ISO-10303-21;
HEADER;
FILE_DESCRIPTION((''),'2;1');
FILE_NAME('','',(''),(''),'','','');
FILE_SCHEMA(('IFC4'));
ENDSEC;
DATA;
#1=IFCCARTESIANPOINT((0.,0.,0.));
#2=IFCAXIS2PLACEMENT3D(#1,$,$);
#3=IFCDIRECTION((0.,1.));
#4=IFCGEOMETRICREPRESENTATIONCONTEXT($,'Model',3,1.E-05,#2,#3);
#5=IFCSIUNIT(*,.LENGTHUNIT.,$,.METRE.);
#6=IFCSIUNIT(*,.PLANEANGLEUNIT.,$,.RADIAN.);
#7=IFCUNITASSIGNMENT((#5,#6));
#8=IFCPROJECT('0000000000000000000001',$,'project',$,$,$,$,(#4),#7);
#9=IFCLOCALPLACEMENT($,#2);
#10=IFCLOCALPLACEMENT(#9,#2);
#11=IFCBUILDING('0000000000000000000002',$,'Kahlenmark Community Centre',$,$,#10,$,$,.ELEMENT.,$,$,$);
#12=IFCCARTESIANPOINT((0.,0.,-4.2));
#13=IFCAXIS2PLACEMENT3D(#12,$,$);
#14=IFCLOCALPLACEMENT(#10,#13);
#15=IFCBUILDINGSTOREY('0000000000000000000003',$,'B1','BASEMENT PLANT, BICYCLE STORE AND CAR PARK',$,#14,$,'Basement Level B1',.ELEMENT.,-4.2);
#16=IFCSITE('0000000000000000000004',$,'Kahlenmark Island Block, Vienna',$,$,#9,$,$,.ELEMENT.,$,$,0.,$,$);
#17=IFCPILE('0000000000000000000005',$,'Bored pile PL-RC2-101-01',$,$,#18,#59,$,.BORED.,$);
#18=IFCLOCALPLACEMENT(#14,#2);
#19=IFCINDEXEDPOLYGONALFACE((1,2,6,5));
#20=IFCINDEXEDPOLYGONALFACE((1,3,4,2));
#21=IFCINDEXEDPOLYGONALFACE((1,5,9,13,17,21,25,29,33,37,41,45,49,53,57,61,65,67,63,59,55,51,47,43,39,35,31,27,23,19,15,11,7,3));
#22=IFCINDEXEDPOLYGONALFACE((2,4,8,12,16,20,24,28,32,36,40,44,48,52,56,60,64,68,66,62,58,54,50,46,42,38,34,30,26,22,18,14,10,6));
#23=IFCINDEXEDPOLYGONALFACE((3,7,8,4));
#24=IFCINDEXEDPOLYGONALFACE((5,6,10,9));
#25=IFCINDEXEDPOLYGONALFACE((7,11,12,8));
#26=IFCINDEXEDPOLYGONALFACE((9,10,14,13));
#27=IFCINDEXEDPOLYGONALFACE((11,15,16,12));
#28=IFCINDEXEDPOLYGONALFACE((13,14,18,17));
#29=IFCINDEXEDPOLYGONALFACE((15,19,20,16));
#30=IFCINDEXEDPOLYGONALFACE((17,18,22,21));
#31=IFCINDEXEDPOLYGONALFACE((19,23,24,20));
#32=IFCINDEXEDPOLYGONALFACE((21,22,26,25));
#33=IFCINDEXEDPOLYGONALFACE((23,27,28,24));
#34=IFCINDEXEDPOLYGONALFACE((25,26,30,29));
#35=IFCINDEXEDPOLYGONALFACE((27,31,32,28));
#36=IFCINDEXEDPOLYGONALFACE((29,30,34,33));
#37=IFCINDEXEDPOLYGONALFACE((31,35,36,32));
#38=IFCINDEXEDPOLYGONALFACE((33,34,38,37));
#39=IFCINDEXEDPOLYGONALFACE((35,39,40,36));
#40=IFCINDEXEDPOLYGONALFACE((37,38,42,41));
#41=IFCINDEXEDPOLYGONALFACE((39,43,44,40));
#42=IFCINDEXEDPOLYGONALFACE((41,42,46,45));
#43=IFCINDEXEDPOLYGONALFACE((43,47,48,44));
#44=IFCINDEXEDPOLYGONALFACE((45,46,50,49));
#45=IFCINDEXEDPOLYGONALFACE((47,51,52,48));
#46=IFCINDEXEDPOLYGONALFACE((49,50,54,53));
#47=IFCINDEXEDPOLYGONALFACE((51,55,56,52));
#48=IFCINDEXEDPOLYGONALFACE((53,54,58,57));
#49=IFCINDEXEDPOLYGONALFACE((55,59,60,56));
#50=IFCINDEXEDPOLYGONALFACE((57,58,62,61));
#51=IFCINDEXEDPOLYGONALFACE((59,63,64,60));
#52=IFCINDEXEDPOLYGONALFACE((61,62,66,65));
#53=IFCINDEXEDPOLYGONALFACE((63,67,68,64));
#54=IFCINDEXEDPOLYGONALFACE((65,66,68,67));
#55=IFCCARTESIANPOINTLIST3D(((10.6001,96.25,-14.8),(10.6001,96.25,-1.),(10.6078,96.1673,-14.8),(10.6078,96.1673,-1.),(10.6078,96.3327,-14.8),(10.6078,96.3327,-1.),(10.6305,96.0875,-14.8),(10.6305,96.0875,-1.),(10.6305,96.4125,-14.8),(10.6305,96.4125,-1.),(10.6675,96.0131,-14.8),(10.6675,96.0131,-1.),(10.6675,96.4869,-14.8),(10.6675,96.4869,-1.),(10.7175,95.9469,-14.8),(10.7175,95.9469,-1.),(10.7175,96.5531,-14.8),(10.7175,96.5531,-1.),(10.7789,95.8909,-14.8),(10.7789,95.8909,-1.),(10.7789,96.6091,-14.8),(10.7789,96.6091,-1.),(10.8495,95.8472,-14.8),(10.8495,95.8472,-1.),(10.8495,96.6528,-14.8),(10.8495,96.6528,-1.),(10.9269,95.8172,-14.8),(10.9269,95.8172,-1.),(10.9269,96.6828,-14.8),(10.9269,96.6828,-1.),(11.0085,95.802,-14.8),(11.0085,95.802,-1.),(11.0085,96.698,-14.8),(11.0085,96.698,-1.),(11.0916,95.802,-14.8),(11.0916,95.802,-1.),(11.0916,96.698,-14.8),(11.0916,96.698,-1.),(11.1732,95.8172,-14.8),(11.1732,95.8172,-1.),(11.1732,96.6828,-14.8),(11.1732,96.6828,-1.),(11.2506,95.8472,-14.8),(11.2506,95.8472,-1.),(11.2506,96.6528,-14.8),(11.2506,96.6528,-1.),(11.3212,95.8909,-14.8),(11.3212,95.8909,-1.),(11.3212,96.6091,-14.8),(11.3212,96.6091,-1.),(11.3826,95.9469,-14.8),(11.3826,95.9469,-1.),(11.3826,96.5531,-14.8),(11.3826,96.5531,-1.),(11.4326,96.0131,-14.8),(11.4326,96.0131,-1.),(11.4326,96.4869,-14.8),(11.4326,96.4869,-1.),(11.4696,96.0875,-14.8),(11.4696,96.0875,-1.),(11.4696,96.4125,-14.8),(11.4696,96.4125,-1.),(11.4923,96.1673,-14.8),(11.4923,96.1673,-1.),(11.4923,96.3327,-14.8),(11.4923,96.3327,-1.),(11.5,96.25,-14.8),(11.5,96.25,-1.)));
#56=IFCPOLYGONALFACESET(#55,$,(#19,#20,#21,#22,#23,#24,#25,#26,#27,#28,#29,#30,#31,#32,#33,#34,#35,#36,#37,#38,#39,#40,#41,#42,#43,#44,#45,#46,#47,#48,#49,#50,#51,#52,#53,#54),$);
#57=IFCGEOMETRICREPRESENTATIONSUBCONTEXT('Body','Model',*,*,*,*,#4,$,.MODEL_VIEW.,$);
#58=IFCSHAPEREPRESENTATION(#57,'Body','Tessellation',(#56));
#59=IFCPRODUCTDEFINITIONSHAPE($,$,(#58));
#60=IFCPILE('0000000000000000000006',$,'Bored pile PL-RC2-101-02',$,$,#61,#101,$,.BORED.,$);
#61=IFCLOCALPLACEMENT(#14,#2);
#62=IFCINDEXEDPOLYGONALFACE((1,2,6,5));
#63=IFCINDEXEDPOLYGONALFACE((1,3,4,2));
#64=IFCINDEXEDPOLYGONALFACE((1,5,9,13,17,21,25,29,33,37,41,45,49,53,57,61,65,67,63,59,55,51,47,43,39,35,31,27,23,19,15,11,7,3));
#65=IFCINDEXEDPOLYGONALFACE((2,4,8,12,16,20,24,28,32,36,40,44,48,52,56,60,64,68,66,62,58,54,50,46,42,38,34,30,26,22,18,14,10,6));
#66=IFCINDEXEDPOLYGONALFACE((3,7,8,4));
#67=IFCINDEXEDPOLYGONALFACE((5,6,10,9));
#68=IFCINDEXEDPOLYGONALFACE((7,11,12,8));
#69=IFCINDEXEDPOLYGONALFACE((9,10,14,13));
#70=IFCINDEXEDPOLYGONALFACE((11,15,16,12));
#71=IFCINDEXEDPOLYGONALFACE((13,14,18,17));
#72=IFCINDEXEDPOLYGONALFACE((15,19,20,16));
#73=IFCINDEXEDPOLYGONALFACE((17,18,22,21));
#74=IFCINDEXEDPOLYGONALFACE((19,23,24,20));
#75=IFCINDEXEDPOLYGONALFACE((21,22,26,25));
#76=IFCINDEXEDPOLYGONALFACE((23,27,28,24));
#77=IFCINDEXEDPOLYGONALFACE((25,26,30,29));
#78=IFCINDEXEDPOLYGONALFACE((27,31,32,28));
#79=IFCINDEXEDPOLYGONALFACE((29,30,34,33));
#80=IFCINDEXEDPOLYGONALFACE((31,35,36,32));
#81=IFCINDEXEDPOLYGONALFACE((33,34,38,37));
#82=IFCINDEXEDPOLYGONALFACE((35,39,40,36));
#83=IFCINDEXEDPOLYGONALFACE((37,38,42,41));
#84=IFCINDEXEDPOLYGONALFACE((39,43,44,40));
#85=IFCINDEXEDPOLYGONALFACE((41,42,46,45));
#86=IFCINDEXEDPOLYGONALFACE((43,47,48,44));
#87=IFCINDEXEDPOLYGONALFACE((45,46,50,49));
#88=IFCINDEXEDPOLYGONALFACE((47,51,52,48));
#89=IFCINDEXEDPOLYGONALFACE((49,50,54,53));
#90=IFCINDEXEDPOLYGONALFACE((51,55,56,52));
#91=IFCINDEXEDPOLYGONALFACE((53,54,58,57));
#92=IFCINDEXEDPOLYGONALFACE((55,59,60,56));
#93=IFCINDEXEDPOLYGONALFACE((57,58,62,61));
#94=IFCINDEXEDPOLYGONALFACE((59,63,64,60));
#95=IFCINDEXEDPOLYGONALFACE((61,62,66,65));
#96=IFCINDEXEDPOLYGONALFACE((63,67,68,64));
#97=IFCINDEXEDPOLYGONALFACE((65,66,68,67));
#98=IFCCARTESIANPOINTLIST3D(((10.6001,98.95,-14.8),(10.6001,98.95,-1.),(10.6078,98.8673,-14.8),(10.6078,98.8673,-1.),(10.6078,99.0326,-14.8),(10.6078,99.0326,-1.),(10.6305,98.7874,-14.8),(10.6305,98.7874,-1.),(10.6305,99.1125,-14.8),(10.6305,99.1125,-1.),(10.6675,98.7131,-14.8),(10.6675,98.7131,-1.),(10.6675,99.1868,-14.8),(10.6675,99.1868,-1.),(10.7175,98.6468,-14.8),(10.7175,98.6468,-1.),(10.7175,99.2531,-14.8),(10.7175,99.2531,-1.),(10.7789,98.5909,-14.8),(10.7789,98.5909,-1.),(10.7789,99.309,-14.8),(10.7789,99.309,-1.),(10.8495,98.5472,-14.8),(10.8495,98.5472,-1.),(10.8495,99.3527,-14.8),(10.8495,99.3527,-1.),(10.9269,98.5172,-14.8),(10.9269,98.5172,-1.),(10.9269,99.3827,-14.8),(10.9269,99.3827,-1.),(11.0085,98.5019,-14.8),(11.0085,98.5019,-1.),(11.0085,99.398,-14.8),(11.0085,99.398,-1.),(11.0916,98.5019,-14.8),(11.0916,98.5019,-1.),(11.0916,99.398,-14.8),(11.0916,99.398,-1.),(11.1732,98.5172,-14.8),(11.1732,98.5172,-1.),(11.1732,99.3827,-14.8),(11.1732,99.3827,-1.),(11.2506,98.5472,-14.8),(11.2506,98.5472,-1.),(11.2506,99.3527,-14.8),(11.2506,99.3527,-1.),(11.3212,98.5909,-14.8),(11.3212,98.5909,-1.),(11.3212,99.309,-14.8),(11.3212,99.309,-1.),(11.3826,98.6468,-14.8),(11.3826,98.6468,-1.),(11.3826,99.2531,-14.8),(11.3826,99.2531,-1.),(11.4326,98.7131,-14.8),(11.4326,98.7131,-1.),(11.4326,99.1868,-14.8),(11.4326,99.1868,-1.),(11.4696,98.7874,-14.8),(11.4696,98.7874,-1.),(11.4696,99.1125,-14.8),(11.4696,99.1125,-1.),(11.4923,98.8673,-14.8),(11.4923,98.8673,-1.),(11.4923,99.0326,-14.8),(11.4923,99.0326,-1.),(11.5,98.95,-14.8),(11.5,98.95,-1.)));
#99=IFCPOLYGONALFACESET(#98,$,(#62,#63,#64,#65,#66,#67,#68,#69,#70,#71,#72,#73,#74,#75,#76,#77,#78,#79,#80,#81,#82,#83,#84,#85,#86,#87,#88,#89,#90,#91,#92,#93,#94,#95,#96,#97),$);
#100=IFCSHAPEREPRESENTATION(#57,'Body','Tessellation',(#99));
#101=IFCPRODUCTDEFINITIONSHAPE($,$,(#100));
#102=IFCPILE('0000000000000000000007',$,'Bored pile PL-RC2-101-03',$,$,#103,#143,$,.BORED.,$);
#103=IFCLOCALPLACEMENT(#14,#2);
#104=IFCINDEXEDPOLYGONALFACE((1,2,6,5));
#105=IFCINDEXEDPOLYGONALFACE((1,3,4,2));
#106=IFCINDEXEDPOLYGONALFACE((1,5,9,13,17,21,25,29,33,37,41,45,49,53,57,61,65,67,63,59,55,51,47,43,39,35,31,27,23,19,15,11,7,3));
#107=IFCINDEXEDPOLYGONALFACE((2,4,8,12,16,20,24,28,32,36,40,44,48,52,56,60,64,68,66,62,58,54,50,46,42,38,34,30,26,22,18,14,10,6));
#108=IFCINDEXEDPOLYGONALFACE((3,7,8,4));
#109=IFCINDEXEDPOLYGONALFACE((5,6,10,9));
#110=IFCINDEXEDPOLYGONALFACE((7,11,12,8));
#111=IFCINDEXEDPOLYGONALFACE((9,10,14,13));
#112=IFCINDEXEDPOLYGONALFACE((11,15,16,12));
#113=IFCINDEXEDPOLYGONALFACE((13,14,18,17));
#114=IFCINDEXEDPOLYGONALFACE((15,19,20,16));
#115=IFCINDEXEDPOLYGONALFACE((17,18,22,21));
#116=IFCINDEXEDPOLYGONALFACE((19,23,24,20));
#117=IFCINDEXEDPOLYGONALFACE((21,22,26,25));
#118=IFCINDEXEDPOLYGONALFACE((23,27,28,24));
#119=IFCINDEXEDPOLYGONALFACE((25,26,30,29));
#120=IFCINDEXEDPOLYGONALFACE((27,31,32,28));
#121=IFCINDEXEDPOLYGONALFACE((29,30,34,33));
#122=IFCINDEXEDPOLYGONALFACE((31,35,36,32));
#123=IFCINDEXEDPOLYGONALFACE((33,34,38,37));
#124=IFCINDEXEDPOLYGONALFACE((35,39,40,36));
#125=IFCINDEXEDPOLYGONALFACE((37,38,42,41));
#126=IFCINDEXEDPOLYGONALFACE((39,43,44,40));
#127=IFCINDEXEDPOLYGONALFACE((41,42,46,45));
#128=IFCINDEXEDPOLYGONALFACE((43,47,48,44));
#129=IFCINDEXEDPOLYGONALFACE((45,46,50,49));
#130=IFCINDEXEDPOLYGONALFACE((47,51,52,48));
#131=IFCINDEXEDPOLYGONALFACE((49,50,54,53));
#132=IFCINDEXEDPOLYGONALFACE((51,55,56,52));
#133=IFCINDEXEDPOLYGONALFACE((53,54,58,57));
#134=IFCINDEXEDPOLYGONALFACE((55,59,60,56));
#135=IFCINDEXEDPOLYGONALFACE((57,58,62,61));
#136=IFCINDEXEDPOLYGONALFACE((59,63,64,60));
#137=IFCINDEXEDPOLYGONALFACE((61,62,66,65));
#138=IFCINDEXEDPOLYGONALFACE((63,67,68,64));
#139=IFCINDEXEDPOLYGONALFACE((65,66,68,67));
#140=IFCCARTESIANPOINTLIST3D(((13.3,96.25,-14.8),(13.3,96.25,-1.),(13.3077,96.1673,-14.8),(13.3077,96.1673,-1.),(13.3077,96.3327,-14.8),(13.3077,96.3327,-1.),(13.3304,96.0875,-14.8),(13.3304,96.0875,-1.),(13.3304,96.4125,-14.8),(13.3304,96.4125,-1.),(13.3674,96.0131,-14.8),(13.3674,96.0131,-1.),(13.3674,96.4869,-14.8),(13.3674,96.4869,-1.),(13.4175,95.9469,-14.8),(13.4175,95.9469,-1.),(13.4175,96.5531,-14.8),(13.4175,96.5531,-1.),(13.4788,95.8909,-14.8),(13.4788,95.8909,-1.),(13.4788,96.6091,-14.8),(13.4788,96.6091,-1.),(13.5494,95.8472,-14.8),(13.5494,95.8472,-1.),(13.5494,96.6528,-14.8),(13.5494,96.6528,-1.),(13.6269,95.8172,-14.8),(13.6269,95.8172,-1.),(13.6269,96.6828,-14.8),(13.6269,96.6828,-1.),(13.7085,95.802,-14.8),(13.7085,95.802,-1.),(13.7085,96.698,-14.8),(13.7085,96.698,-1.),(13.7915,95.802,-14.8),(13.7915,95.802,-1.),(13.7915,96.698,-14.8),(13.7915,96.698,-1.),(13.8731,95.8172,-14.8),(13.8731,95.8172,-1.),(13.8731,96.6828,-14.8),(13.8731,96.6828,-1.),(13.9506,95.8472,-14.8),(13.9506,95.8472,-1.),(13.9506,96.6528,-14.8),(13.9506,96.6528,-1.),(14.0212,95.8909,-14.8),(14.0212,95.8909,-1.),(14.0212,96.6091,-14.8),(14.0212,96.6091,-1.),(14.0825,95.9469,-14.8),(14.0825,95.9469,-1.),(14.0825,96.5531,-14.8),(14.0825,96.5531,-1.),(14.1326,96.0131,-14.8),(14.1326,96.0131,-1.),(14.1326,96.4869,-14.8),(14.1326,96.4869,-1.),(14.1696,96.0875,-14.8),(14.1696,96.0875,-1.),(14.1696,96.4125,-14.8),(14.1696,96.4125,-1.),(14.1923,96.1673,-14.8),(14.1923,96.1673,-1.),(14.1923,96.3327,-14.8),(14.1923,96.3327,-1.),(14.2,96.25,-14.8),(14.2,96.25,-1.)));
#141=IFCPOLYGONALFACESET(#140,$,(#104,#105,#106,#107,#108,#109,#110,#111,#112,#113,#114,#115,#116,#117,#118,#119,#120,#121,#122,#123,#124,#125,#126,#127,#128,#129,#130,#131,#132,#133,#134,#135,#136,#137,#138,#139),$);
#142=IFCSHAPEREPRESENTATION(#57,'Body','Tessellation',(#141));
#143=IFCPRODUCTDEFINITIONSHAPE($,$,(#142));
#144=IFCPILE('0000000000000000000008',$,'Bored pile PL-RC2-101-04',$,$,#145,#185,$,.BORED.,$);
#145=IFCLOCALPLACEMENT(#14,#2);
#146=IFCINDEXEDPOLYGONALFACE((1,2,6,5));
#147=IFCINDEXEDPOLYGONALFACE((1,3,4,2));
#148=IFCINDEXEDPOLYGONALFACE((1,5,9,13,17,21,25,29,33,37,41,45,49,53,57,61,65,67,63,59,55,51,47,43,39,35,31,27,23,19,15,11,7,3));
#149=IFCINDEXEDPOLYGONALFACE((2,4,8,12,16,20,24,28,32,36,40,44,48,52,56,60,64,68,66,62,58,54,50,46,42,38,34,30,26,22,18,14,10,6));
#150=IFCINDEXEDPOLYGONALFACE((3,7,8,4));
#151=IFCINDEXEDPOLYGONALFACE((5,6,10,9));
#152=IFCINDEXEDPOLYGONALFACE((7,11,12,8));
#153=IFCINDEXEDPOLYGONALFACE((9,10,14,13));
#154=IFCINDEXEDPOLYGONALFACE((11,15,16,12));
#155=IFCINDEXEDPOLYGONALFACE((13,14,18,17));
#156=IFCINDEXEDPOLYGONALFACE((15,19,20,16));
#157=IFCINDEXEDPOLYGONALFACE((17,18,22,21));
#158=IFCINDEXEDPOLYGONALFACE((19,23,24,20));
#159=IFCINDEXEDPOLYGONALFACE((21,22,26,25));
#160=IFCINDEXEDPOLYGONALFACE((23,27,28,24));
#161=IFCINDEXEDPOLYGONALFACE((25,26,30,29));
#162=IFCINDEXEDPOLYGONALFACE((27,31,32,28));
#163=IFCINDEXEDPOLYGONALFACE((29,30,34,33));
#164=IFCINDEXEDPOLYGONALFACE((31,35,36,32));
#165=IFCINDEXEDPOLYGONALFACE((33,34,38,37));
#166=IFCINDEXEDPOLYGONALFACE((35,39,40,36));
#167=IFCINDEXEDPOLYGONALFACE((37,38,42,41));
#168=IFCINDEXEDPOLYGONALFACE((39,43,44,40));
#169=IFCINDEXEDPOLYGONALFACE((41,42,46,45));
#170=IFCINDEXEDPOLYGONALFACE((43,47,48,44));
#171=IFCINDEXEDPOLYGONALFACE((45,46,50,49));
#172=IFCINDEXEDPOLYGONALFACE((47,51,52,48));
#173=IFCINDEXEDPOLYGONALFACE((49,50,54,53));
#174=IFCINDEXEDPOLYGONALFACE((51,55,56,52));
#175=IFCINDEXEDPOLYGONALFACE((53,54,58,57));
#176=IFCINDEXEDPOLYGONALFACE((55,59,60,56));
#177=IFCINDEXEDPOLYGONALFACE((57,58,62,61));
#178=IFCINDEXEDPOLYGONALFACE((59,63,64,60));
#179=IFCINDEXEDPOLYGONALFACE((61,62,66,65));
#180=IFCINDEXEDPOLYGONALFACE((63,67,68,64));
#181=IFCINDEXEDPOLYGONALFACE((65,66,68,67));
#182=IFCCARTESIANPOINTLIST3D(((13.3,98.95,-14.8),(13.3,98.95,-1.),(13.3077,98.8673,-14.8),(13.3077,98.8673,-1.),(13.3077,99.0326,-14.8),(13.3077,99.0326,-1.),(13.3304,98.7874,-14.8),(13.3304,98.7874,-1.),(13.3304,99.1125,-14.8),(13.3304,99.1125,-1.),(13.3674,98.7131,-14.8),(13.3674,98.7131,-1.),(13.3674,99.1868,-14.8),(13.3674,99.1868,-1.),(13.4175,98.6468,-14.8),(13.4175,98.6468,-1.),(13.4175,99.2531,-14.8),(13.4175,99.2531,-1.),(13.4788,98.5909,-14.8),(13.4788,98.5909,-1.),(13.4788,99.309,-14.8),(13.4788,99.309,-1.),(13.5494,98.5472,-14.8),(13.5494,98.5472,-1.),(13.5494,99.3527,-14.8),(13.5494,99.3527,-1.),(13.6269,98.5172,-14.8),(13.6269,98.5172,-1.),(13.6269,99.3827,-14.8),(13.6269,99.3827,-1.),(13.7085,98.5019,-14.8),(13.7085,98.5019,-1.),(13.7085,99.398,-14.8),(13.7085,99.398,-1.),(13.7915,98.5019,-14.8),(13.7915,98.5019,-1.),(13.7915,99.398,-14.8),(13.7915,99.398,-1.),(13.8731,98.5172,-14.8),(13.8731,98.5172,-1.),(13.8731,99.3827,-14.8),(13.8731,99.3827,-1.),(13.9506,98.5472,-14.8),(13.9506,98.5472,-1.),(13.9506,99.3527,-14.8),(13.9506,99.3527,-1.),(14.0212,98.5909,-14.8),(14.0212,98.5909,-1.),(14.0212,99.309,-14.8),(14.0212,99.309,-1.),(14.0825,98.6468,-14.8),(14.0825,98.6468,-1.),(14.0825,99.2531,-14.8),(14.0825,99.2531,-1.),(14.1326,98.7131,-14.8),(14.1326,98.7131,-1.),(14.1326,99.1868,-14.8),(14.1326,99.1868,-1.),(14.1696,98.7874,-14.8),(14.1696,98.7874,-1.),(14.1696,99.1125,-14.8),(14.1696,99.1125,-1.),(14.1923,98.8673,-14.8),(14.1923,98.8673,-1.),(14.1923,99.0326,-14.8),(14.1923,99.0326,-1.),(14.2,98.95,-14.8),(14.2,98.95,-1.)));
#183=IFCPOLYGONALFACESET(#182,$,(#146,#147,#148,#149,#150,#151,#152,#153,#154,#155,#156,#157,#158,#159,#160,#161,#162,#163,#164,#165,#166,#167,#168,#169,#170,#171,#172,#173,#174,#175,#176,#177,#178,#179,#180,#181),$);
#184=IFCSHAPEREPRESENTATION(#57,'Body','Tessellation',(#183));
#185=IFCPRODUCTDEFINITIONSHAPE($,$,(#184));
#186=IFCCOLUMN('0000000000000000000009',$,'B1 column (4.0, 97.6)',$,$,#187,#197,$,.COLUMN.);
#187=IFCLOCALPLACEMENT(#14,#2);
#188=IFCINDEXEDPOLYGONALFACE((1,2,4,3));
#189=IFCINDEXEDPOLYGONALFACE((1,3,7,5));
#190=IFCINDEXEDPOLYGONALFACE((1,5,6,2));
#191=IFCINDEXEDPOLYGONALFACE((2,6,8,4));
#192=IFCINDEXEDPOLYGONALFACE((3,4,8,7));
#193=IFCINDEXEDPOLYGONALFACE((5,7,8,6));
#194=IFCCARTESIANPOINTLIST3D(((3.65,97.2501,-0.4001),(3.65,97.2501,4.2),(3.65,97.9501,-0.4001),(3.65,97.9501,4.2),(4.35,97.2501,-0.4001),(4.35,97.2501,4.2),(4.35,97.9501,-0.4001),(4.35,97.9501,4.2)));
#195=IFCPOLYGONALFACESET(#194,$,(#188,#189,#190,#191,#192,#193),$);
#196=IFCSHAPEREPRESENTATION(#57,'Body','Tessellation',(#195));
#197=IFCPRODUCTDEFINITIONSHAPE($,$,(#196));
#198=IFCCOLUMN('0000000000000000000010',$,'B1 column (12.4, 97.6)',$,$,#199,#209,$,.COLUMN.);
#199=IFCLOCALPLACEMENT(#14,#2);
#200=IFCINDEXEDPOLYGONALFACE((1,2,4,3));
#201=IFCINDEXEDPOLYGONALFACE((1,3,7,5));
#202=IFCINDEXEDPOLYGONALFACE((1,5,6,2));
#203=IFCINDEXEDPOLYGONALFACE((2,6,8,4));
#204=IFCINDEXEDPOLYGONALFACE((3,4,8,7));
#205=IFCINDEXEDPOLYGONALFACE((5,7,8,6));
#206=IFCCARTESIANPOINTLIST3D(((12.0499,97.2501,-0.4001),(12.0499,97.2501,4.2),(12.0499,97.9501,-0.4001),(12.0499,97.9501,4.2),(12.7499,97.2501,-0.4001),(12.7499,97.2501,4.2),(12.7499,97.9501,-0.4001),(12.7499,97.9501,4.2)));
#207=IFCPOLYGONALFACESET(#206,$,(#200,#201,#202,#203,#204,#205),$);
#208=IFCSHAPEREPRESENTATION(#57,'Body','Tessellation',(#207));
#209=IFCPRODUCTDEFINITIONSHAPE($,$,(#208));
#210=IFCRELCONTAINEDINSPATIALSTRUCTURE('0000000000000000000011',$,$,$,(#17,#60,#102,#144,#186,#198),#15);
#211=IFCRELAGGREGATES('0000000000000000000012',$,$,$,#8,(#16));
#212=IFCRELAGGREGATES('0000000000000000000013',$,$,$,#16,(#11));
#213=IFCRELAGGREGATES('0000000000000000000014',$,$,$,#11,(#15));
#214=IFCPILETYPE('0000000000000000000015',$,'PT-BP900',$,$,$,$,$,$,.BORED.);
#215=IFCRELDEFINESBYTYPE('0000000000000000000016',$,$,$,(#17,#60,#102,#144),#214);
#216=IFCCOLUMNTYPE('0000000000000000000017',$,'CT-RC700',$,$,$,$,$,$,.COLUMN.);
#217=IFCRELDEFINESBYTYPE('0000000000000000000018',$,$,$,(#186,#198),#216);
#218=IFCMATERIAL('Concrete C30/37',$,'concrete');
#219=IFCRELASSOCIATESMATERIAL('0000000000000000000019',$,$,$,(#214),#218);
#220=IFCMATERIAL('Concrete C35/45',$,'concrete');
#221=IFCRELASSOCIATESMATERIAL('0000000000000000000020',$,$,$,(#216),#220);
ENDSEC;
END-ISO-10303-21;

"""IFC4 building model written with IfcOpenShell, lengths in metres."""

from ifc_helpers import new_model, si_unit, direction, frame, origin, origin_2d, place, context, subcontext, project, spatial, rectangle, circle, extrude, material, material_profile, profile_set, type_object, element, save


model = new_model("IFC4")

# Units and contexts
model_context = context("Model", 3, precision=1e-05, world=origin(), true_north=direction((0.0, 1.0)))
body_context = subcontext(model_context, "Body", "Model", "MODEL_VIEW")
ifc_project = project(units=[si_unit("LENGTHUNIT", "METRE"), si_unit("PLANEANGLEUNIT", "RADIAN")], contexts=[model_context])

# Site, building, storey
site_placement = place(None, origin())
site = spatial("IfcSite", under=ifc_project, at=site_placement, Name="Kahlenmark Island Block, Vienna", CompositionType="ELEMENT", RefElevation=0.0)
building_placement = place(site_placement, origin())
building = spatial("IfcBuilding", under=site, at=building_placement, Name="Kahlenmark Community Centre", CompositionType="ELEMENT")
storey_placement = place(building_placement, frame((0.0, 0.0, -4.2)))
storey = spatial("IfcBuildingStorey", under=building, at=storey_placement, Name="B1", Description="BASEMENT PLANT, BICYCLE STORE AND CAR PARK", LongName="Basement Level B1", CompositionType="ELEMENT", Elevation=-4.2)

# Shared definitions
ifc_material_1 = material(Name="Concrete C30/37", Category="concrete")

# Piles
ifc_material_profile_1 = material_profile(ifc_material_1, circle(Radius=0.45, at=origin_2d()), Name="BORED PILE 900")
ifc_profile_set_1 = profile_set([ifc_material_profile_1], Name="Concrete C30/37")
pile_type_1 = type_object("IfcPileType", Name="PT-BP900", PredefinedType="BORED", material=ifc_profile_set_1)
for number, where, z_axis, x_axis, name in (
    (1, (11.05, 96.25, -1.0), (0.0, 0.0, -1.0), (1.0, 0.0, 0.0), "Bored pile PL-RC2-101-01"),
    (2, (11.05, 98.95, -1.0), (0.0, 0.0, -1.0), (1.0, 0.0, 0.0), "Bored pile PL-RC2-101-02"),
    (3, (13.75, 96.25, -1.0), (0.0, 0.0, -1.0), (1.0, 0.0, 0.0), "Bored pile PL-RC2-101-03"),
    (4, (13.75, 98.95, -1.0), (0.0, 0.0, -1.0), (1.0, 0.0, 0.0), "Bored pile PL-RC2-101-04"),
):
    element("IfcPile", number, at=place(storey_placement, frame(where, z_axis=z_axis, x_axis=x_axis)), inside=storey, type_object=pile_type_1, Name=name, PredefinedType="BORED", context=body_context, shape_type="SweptSolid", body=[
        extrude(circle(Radius=0.45, at=origin_2d()), origin(), (0.0, 0.0, 1.0), 13.8),
    ])

# Columns
ifc_material_2 = material(Name="Concrete C35/45", Category="concrete")
ifc_material_profile_2 = material_profile(ifc_material_2, rectangle(XDim=0.7, YDim=0.7, at=origin_2d()), Name="RC 700x700")
ifc_profile_set_2 = profile_set([ifc_material_profile_2], Name="Concrete C35/45")
column_type = type_object("IfcColumnType", Name="CT-RC700", PredefinedType="COLUMN", material=ifc_profile_set_2)
for number, where, z_axis, x_axis, name in (
    (5, (4.0, 97.6001, -0.4001), (0.0, 0.0, 1.0), (1.0, 0.0, 0.0), "B1 column (4.0, 97.6)"),
    (6, (12.3999, 97.6001, -0.4001), (0.0, 0.0, 1.0), (1.0, 0.0, 0.0), "B1 column (12.4, 97.6)"),
):
    element("IfcColumn", number, at=place(storey_placement, frame(where, z_axis=z_axis, x_axis=x_axis)), inside=storey, type_object=column_type, Name=name, PredefinedType="COLUMN", context=body_context, shape_type="SweptSolid", body=[
        extrude(rectangle(XDim=0.7, YDim=0.7, at=origin_2d()), origin(), (0.0, 0.0, 1.0), 4.6001),
    ])

save(model, "model.ifc")
